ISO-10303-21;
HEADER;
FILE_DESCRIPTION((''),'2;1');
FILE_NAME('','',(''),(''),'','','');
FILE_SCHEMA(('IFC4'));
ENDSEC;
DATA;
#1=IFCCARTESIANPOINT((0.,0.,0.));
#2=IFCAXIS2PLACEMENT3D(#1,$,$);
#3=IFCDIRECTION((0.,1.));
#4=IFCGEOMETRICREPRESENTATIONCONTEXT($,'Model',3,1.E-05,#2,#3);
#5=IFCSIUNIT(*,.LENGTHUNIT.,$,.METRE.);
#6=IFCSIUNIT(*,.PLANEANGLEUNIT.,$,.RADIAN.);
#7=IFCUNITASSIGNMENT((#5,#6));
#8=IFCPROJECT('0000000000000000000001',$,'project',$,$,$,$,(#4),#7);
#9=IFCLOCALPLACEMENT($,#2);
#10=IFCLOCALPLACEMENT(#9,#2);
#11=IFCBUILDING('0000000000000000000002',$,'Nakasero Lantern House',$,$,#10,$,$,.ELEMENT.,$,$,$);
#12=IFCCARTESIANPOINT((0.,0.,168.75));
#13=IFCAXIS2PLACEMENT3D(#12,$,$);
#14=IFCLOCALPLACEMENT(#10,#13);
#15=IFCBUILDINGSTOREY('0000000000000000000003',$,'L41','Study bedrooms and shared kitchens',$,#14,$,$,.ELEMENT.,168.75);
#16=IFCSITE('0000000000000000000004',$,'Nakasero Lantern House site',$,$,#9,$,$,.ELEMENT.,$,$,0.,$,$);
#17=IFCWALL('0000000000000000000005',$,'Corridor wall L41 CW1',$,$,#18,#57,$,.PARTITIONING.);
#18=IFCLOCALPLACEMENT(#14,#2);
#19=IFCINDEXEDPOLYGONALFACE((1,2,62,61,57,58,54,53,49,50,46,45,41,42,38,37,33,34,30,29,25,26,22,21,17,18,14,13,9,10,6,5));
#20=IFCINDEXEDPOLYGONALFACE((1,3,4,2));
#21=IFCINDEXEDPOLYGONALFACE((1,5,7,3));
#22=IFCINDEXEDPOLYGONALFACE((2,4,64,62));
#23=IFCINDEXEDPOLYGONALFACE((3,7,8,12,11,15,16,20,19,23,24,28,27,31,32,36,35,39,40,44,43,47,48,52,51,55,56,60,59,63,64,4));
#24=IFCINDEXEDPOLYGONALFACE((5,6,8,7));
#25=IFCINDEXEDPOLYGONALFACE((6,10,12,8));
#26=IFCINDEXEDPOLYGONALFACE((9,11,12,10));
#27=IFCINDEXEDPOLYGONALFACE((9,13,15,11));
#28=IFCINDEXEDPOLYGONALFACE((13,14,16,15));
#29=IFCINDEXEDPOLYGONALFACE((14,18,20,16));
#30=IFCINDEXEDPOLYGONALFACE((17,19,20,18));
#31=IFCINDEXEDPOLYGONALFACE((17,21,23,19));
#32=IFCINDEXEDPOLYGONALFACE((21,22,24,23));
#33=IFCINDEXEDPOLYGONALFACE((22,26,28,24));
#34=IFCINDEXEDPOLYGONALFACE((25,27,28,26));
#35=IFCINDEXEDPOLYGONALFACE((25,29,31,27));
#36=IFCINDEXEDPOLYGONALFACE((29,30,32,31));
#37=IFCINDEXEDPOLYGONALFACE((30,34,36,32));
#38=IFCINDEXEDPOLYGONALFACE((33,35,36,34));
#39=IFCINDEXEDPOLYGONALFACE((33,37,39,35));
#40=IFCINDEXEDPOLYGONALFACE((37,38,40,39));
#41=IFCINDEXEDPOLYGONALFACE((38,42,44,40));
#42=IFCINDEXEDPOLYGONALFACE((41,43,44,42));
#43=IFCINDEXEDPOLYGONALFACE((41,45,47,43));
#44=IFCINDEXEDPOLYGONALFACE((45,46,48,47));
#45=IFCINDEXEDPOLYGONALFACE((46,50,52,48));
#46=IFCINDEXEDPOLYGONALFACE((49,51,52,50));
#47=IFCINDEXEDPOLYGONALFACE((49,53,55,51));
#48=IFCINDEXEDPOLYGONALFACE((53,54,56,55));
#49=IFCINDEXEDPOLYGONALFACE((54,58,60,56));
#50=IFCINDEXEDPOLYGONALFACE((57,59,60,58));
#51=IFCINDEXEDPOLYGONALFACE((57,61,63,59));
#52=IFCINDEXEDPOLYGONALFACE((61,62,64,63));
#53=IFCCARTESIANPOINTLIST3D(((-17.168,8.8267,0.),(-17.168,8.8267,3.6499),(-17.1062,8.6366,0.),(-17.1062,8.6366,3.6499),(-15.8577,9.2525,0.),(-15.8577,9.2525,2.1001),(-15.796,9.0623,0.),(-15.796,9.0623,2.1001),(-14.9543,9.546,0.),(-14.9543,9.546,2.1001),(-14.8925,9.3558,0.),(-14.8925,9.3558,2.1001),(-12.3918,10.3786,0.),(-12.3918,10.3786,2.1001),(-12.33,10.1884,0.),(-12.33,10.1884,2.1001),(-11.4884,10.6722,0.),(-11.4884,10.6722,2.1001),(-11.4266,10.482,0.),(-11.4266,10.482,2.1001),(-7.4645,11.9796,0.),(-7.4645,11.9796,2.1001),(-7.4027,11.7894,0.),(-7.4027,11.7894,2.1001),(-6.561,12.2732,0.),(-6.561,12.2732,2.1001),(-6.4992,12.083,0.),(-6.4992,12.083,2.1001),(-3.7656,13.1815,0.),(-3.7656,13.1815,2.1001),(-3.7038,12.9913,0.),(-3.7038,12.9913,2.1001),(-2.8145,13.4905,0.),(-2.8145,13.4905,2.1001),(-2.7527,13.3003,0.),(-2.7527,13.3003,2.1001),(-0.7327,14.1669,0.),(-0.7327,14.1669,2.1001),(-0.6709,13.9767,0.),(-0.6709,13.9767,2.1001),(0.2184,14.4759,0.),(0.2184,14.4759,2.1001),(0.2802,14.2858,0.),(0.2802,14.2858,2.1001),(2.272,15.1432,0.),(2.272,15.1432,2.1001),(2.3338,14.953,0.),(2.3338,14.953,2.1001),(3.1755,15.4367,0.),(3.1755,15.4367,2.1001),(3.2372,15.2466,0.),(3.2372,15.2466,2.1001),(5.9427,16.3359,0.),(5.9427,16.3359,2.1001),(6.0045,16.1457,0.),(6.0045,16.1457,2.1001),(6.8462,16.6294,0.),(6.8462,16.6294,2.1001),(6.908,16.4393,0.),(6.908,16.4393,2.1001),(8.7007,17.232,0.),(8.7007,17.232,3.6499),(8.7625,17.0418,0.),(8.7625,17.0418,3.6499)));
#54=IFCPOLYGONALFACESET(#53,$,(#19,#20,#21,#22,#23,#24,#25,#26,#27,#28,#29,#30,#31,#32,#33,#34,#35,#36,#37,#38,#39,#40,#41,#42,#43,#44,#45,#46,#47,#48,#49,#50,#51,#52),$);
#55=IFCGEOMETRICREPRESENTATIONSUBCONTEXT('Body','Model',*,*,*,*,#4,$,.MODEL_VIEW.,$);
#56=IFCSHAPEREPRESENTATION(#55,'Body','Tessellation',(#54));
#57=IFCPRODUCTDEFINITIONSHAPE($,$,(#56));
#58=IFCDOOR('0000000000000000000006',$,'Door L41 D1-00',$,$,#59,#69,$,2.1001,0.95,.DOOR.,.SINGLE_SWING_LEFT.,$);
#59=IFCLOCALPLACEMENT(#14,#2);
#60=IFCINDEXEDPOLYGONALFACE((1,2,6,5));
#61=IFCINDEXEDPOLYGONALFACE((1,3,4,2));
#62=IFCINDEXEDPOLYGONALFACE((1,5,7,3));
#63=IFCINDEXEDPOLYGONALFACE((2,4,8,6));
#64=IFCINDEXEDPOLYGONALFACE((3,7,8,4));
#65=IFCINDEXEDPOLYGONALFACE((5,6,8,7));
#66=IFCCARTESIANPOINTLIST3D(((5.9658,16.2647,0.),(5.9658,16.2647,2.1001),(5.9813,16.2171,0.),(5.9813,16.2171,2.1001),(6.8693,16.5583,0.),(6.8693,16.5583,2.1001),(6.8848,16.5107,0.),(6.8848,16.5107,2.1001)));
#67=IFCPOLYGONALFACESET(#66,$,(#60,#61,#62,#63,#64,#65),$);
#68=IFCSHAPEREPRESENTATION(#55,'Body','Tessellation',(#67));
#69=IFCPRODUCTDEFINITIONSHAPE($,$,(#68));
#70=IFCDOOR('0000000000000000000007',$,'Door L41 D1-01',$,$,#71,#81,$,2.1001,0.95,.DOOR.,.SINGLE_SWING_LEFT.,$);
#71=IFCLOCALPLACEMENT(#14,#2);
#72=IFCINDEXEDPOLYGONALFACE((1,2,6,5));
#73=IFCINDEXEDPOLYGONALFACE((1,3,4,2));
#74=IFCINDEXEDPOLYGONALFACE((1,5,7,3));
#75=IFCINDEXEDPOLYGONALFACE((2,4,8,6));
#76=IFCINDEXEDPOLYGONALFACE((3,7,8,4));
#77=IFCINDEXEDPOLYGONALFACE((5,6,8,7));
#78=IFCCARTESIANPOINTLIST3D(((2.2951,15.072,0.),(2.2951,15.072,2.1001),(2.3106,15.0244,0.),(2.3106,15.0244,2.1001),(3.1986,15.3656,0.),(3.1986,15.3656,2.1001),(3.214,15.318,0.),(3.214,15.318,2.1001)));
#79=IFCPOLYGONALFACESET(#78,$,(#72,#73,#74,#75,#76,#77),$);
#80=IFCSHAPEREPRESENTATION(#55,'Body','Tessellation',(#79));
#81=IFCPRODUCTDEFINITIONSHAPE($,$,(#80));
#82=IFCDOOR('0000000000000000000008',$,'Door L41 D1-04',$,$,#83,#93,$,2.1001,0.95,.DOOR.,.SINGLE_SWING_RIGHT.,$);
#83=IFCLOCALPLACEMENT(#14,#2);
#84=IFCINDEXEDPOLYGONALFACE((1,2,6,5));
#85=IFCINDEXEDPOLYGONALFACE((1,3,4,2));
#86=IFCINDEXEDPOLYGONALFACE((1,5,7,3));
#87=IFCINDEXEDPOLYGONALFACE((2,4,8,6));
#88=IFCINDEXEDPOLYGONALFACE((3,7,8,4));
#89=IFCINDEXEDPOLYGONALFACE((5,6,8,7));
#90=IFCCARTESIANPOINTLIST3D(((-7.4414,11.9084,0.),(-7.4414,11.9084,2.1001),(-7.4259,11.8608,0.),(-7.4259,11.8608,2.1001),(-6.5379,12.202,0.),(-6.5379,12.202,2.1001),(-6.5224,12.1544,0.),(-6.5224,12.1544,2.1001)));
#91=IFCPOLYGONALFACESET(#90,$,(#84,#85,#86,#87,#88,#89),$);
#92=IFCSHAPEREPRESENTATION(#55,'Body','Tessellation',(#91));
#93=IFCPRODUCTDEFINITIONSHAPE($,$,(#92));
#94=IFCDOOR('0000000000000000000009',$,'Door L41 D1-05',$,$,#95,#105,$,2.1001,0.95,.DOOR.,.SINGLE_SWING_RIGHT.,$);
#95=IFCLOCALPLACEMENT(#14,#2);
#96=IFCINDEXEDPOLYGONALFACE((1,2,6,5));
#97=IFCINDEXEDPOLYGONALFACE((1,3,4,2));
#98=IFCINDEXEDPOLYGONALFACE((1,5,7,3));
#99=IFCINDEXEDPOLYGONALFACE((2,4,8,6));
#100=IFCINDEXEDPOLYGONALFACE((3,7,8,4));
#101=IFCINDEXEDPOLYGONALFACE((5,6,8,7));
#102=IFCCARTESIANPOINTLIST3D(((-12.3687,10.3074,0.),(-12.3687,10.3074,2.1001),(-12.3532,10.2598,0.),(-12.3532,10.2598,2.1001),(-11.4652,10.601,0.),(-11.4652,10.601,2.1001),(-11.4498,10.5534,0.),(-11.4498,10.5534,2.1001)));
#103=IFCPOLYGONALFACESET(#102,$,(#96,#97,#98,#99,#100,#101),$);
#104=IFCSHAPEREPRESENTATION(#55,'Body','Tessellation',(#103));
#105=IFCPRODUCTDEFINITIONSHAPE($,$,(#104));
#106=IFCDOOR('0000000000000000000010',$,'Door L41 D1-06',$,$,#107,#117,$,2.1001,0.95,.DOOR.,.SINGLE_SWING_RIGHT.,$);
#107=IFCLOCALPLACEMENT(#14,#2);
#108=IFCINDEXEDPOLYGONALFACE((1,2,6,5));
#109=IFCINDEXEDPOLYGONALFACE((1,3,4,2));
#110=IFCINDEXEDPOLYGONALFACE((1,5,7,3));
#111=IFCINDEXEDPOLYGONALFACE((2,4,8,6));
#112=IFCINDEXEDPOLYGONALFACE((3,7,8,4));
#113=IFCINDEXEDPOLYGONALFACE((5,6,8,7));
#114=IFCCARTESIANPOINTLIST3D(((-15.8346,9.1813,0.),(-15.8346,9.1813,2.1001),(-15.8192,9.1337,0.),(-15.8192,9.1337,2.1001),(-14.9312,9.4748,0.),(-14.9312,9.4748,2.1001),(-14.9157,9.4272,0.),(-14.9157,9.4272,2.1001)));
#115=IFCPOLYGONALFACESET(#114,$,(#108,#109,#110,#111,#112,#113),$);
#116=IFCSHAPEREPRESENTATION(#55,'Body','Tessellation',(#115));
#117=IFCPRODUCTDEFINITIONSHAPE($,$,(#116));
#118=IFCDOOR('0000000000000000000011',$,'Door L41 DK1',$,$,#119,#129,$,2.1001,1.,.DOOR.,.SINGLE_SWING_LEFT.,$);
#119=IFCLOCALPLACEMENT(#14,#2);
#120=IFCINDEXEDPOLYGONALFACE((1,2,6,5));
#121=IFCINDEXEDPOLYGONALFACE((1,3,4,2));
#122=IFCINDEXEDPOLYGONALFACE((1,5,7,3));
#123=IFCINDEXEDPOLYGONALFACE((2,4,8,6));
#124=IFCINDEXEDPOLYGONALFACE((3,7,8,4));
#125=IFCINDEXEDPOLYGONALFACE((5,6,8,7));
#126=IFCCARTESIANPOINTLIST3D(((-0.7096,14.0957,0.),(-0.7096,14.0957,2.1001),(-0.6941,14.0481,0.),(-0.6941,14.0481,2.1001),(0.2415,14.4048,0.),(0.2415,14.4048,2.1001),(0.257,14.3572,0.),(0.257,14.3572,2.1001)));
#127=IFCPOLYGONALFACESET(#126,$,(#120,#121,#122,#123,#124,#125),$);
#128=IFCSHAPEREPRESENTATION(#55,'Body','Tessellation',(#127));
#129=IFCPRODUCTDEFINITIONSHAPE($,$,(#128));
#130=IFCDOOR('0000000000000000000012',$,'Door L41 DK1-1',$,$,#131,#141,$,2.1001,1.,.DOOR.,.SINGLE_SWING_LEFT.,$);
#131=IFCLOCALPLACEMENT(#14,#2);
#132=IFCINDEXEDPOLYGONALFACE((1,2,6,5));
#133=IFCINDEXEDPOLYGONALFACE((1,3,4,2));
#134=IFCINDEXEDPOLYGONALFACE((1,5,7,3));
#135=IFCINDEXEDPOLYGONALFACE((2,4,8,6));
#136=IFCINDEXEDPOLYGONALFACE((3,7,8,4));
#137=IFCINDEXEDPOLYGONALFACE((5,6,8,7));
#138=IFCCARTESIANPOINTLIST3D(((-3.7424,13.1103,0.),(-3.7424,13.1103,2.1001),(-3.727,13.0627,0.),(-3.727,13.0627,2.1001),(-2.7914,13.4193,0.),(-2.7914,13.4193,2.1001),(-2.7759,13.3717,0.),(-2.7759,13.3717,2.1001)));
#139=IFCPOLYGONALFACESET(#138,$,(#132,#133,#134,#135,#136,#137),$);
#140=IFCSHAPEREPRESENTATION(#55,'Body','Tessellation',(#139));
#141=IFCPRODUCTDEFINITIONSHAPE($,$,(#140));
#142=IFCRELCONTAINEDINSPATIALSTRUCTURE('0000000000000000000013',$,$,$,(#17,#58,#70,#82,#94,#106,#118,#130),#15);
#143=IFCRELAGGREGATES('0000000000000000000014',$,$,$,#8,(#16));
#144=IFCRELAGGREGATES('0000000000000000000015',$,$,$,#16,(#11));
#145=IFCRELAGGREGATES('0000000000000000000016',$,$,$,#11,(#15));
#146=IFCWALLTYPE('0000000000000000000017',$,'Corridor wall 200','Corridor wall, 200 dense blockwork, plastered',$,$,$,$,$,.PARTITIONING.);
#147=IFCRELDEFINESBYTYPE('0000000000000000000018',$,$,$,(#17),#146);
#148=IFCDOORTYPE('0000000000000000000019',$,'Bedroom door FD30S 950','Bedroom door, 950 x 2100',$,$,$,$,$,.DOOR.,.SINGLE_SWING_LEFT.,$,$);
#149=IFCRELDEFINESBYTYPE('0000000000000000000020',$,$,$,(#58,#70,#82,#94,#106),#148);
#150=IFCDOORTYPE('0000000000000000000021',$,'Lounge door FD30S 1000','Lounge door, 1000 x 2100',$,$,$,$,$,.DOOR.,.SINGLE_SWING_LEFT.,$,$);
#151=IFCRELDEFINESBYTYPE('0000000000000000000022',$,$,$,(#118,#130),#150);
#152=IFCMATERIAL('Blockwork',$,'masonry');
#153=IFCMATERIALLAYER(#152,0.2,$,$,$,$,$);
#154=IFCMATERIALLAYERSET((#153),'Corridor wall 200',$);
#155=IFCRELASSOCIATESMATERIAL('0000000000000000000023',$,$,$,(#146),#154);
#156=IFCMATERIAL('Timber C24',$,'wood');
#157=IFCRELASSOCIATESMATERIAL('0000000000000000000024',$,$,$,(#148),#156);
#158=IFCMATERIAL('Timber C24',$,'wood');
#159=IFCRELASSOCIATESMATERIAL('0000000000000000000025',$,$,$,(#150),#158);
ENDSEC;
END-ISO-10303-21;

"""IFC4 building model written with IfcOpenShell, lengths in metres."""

from ifc_helpers import new_model, si_unit, direction, frame, frame_2d, origin, place, context, subcontext, project, spatial, rectangle, extrude, material, layer, layer_set, type_object, element, fill, save


model = new_model("IFC4")

# Units and contexts
model_context = context("Model", 3, precision=1e-05, world=origin(), true_north=direction((0.0, 1.0)))
body_context = subcontext(model_context, "Body", "Model", "MODEL_VIEW")
ifc_project = project(units=[si_unit("LENGTHUNIT", "METRE"), si_unit("PLANEANGLEUNIT", "RADIAN")], contexts=[model_context])

# Site, building, storey
site_placement = place(None, origin())
site = spatial("IfcSite", under=ifc_project, at=site_placement, Name="Nakasero Lantern House site", CompositionType="ELEMENT", RefElevation=0.0)
building_placement = place(site_placement, origin())
building = spatial("IfcBuilding", under=site, at=building_placement, Name="Nakasero Lantern House", CompositionType="ELEMENT")
storey_placement = place(building_placement, frame((0.0, 0.0, 168.75)))
storey = spatial("IfcBuildingStorey", under=building, at=storey_placement, Name="L41", Description="Study bedrooms and shared kitchens", CompositionType="ELEMENT", Elevation=168.75)

# Wall, openings, doors
ifc_material_1 = material(Name="Blockwork", Category="masonry")
ifc_layer_1 = layer(ifc_material_1, 0.2)
ifc_layer_set_1 = layer_set([ifc_layer_1], Name="Corridor wall 200")
wall_type_1 = type_object("IfcWallType", Name="Corridor wall 200", Description="Corridor wall, 200 dense blockwork, plastered", PredefinedType="PARTITIONING", material=ifc_layer_set_1)
wall_1_placement = place(storey_placement, frame((8.7317, 17.137, 0.0), z_axis=(0.0, 0.0, 1.0), x_axis=(-0.951056, -0.309018, 0.0)))
wall_1 = element("IfcWall", 1, at=wall_1_placement, inside=storey, type_object=wall_type_1, Name="Corridor wall L41 CW1", PredefinedType="PARTITIONING", context=body_context, shape_type="SweptSolid", body=[
    extrude(rectangle(XDim=27.2, YDim=0.2, at=frame_2d((13.6001, 0.0))), origin(), (0.0, 0.0, 1.0), 3.6499),
])
opening_1_placement = place(wall_1_placement, frame((1.95, 0.0, 0.0)))
opening_1 = element("IfcOpeningElement", 2, at=opening_1_placement, cuts=wall_1, PredefinedType="OPENING", context=body_context, shape_type="SweptSolid", body=[
    extrude(rectangle(XDim=0.95, YDim=2.1001, at=frame_2d((0.4751, 1.05))), frame((0.0, 0.1199, 0.0), z_axis=(0.0, -1.0, 0.0), x_axis=(1.0, 0.0, 0.0)), (0.0, 0.0, 1.0), 0.24),
])
opening_2_placement = place(wall_1_placement, frame((5.8096, 0.0, 0.0)))
opening_2 = element("IfcOpeningElement", 3, at=opening_2_placement, cuts=wall_1, PredefinedType="OPENING", context=body_context, shape_type="SweptSolid", body=[
    extrude(rectangle(XDim=0.95, YDim=2.1001, at=frame_2d((0.4751, 1.05))), frame((0.0, 0.1199, 0.0), z_axis=(0.0, -1.0, 0.0), x_axis=(1.0, 0.0, 0.0)), (0.0, 0.0, 1.0), 0.24),
])
opening_3_placement = place(wall_1_placement, frame((16.0471, 0.0, 0.0)))
opening_3 = element("IfcOpeningElement", 4, at=opening_3_placement, cuts=wall_1, PredefinedType="OPENING", context=body_context, shape_type="SweptSolid", body=[
    extrude(rectangle(XDim=0.95, YDim=2.1001, at=frame_2d((0.4751, 1.05))), frame((0.0, 0.1199, 0.0), z_axis=(0.0, -1.0, 0.0), x_axis=(1.0, 0.0, 0.0)), (0.0, 0.0, 1.0), 0.24),
])
opening_4_placement = place(wall_1_placement, frame((21.228, 0.0, 0.0)))
opening_4 = element("IfcOpeningElement", 5, at=opening_4_placement, cuts=wall_1, PredefinedType="OPENING", context=body_context, shape_type="SweptSolid", body=[
    extrude(rectangle(XDim=0.95, YDim=2.1001, at=frame_2d((0.4751, 1.05))), frame((0.0, 0.1199, 0.0), z_axis=(0.0, -1.0, 0.0), x_axis=(1.0, 0.0, 0.0)), (0.0, 0.0, 1.0), 0.24),
])
opening_5_placement = place(wall_1_placement, frame((24.8723, 0.0, 0.0)))
opening_5 = element("IfcOpeningElement", 6, at=opening_5_placement, cuts=wall_1, PredefinedType="OPENING", context=body_context, shape_type="SweptSolid", body=[
    extrude(rectangle(XDim=0.95, YDim=2.1001, at=frame_2d((0.4751, 1.05))), frame((0.0, 0.1199, 0.0), z_axis=(0.0, -1.0, 0.0), x_axis=(1.0, 0.0, 0.0)), (0.0, 0.0, 1.0), 0.24),
])
opening_6_placement = place(wall_1_placement, frame((8.9189, 0.0, 0.0)))
opening_6 = element("IfcOpeningElement", 7, at=opening_6_placement, cuts=wall_1, PredefinedType="OPENING", context=body_context, shape_type="SweptSolid", body=[
    extrude(rectangle(XDim=1.0, YDim=2.1001, at=frame_2d((0.5, 1.05))), frame((0.0, 0.1199, 0.0), z_axis=(0.0, -1.0, 0.0), x_axis=(1.0, 0.0, 0.0)), (0.0, 0.0, 1.0), 0.24),
])
opening_7_placement = place(wall_1_placement, frame((12.1079, 0.0, 0.0)))
opening_7 = element("IfcOpeningElement", 8, at=opening_7_placement, cuts=wall_1, PredefinedType="OPENING", context=body_context, shape_type="SweptSolid", body=[
    extrude(rectangle(XDim=1.0, YDim=2.1001, at=frame_2d((0.5, 1.05))), frame((0.0, 0.1199, 0.0), z_axis=(0.0, -1.0, 0.0), x_axis=(1.0, 0.0, 0.0)), (0.0, 0.0, 1.0), 0.24),
])
ifc_material_2 = material(Name="Timber C24", Category="wood")
door_type_1 = type_object("IfcDoorType", Name="Bedroom door FD30S 950", Description="Bedroom door, 950 x 2100", OperationType="SINGLE_SWING_LEFT", PredefinedType="DOOR", material=ifc_material_2)
door_1_placement = place(opening_1_placement, origin())
door_1 = element("IfcDoor", 9, at=door_1_placement, inside=storey, type_object=door_type_1, Name="Door L41 D1-00", OperationType="SINGLE_SWING_LEFT", OverallHeight=2.1001, OverallWidth=0.95, PredefinedType="DOOR", context=body_context, shape_type="SweptSolid", body=[
    extrude(rectangle(XDim=0.95, YDim=2.1001, at=frame_2d((0.4751, 1.05))), frame((0.0, 0.0249, 0.0), z_axis=(0.0, -1.0, 0.0), x_axis=(1.0, 0.0, 0.0)), (0.0, 0.0, 1.0), 0.05),
])
fill(opening_1, door_1)
door_2_placement = place(opening_2_placement, origin())
door_2 = element("IfcDoor", 10, at=door_2_placement, inside=storey, type_object=door_type_1, Name="Door L41 D1-01", OperationType="SINGLE_SWING_LEFT", OverallHeight=2.1001, OverallWidth=0.95, PredefinedType="DOOR", context=body_context, shape_type="SweptSolid", body=[
    extrude(rectangle(XDim=0.95, YDim=2.1001, at=frame_2d((0.4751, 1.05))), frame((0.0, 0.0249, 0.0), z_axis=(0.0, -1.0, 0.0), x_axis=(1.0, 0.0, 0.0)), (0.0, 0.0, 1.0), 0.05),
])
fill(opening_2, door_2)
door_3_placement = place(opening_3_placement, origin())
door_3 = element("IfcDoor", 11, at=door_3_placement, inside=storey, type_object=door_type_1, Name="Door L41 D1-04", OperationType="SINGLE_SWING_RIGHT", OverallHeight=2.1001, OverallWidth=0.95, PredefinedType="DOOR", context=body_context, shape_type="SweptSolid", body=[
    extrude(rectangle(XDim=0.95, YDim=2.1001, at=frame_2d((0.4751, 1.05))), frame((0.0, 0.0249, 0.0), z_axis=(0.0, -1.0, 0.0), x_axis=(1.0, 0.0, 0.0)), (0.0, 0.0, 1.0), 0.05),
])
fill(opening_3, door_3)
door_4_placement = place(opening_4_placement, origin())
door_4 = element("IfcDoor", 12, at=door_4_placement, inside=storey, type_object=door_type_1, Name="Door L41 D1-05", OperationType="SINGLE_SWING_RIGHT", OverallHeight=2.1001, OverallWidth=0.95, PredefinedType="DOOR", context=body_context, shape_type="SweptSolid", body=[
    extrude(rectangle(XDim=0.95, YDim=2.1001, at=frame_2d((0.4751, 1.05))), frame((0.0, 0.0249, 0.0), z_axis=(0.0, -1.0, 0.0), x_axis=(1.0, 0.0, 0.0)), (0.0, 0.0, 1.0), 0.05),
])
fill(opening_4, door_4)
door_5_placement = place(opening_5_placement, origin())
door_5 = element("IfcDoor", 13, at=door_5_placement, inside=storey, type_object=door_type_1, Name="Door L41 D1-06", OperationType="SINGLE_SWING_RIGHT", OverallHeight=2.1001, OverallWidth=0.95, PredefinedType="DOOR", context=body_context, shape_type="SweptSolid", body=[
    extrude(rectangle(XDim=0.95, YDim=2.1001, at=frame_2d((0.4751, 1.05))), frame((0.0, 0.0249, 0.0), z_axis=(0.0, -1.0, 0.0), x_axis=(1.0, 0.0, 0.0)), (0.0, 0.0, 1.0), 0.05),
])
fill(opening_5, door_5)
ifc_material_3 = material(Name="Timber C24", Category="wood")
door_type_2 = type_object("IfcDoorType", Name="Lounge door FD30S 1000", Description="Lounge door, 1000 x 2100", OperationType="SINGLE_SWING_LEFT", PredefinedType="DOOR", material=ifc_material_3)
door_6_placement = place(opening_6_placement, origin())
door_6 = element("IfcDoor", 14, at=door_6_placement, inside=storey, type_object=door_type_2, Name="Door L41 DK1", OperationType="SINGLE_SWING_LEFT", OverallHeight=2.1001, OverallWidth=1.0, PredefinedType="DOOR", context=body_context, shape_type="SweptSolid", body=[
    extrude(rectangle(XDim=1.0, YDim=2.1001, at=frame_2d((0.5, 1.05))), frame((0.0, 0.0249, 0.0), z_axis=(0.0, -1.0, 0.0), x_axis=(1.0, 0.0, 0.0)), (0.0, 0.0, 1.0), 0.05),
])
fill(opening_6, door_6)
door_7_placement = place(opening_7_placement, origin())
door_7 = element("IfcDoor", 15, at=door_7_placement, inside=storey, type_object=door_type_2, Name="Door L41 DK1-1", OperationType="SINGLE_SWING_LEFT", OverallHeight=2.1001, OverallWidth=1.0, PredefinedType="DOOR", context=body_context, shape_type="SweptSolid", body=[
    extrude(rectangle(XDim=1.0, YDim=2.1001, at=frame_2d((0.5, 1.05))), frame((0.0, 0.0249, 0.0), z_axis=(0.0, -1.0, 0.0), x_axis=(1.0, 0.0, 0.0)), (0.0, 0.0, 1.0), 0.05),
])
fill(opening_7, door_7)

save(model, "model.ifc")
